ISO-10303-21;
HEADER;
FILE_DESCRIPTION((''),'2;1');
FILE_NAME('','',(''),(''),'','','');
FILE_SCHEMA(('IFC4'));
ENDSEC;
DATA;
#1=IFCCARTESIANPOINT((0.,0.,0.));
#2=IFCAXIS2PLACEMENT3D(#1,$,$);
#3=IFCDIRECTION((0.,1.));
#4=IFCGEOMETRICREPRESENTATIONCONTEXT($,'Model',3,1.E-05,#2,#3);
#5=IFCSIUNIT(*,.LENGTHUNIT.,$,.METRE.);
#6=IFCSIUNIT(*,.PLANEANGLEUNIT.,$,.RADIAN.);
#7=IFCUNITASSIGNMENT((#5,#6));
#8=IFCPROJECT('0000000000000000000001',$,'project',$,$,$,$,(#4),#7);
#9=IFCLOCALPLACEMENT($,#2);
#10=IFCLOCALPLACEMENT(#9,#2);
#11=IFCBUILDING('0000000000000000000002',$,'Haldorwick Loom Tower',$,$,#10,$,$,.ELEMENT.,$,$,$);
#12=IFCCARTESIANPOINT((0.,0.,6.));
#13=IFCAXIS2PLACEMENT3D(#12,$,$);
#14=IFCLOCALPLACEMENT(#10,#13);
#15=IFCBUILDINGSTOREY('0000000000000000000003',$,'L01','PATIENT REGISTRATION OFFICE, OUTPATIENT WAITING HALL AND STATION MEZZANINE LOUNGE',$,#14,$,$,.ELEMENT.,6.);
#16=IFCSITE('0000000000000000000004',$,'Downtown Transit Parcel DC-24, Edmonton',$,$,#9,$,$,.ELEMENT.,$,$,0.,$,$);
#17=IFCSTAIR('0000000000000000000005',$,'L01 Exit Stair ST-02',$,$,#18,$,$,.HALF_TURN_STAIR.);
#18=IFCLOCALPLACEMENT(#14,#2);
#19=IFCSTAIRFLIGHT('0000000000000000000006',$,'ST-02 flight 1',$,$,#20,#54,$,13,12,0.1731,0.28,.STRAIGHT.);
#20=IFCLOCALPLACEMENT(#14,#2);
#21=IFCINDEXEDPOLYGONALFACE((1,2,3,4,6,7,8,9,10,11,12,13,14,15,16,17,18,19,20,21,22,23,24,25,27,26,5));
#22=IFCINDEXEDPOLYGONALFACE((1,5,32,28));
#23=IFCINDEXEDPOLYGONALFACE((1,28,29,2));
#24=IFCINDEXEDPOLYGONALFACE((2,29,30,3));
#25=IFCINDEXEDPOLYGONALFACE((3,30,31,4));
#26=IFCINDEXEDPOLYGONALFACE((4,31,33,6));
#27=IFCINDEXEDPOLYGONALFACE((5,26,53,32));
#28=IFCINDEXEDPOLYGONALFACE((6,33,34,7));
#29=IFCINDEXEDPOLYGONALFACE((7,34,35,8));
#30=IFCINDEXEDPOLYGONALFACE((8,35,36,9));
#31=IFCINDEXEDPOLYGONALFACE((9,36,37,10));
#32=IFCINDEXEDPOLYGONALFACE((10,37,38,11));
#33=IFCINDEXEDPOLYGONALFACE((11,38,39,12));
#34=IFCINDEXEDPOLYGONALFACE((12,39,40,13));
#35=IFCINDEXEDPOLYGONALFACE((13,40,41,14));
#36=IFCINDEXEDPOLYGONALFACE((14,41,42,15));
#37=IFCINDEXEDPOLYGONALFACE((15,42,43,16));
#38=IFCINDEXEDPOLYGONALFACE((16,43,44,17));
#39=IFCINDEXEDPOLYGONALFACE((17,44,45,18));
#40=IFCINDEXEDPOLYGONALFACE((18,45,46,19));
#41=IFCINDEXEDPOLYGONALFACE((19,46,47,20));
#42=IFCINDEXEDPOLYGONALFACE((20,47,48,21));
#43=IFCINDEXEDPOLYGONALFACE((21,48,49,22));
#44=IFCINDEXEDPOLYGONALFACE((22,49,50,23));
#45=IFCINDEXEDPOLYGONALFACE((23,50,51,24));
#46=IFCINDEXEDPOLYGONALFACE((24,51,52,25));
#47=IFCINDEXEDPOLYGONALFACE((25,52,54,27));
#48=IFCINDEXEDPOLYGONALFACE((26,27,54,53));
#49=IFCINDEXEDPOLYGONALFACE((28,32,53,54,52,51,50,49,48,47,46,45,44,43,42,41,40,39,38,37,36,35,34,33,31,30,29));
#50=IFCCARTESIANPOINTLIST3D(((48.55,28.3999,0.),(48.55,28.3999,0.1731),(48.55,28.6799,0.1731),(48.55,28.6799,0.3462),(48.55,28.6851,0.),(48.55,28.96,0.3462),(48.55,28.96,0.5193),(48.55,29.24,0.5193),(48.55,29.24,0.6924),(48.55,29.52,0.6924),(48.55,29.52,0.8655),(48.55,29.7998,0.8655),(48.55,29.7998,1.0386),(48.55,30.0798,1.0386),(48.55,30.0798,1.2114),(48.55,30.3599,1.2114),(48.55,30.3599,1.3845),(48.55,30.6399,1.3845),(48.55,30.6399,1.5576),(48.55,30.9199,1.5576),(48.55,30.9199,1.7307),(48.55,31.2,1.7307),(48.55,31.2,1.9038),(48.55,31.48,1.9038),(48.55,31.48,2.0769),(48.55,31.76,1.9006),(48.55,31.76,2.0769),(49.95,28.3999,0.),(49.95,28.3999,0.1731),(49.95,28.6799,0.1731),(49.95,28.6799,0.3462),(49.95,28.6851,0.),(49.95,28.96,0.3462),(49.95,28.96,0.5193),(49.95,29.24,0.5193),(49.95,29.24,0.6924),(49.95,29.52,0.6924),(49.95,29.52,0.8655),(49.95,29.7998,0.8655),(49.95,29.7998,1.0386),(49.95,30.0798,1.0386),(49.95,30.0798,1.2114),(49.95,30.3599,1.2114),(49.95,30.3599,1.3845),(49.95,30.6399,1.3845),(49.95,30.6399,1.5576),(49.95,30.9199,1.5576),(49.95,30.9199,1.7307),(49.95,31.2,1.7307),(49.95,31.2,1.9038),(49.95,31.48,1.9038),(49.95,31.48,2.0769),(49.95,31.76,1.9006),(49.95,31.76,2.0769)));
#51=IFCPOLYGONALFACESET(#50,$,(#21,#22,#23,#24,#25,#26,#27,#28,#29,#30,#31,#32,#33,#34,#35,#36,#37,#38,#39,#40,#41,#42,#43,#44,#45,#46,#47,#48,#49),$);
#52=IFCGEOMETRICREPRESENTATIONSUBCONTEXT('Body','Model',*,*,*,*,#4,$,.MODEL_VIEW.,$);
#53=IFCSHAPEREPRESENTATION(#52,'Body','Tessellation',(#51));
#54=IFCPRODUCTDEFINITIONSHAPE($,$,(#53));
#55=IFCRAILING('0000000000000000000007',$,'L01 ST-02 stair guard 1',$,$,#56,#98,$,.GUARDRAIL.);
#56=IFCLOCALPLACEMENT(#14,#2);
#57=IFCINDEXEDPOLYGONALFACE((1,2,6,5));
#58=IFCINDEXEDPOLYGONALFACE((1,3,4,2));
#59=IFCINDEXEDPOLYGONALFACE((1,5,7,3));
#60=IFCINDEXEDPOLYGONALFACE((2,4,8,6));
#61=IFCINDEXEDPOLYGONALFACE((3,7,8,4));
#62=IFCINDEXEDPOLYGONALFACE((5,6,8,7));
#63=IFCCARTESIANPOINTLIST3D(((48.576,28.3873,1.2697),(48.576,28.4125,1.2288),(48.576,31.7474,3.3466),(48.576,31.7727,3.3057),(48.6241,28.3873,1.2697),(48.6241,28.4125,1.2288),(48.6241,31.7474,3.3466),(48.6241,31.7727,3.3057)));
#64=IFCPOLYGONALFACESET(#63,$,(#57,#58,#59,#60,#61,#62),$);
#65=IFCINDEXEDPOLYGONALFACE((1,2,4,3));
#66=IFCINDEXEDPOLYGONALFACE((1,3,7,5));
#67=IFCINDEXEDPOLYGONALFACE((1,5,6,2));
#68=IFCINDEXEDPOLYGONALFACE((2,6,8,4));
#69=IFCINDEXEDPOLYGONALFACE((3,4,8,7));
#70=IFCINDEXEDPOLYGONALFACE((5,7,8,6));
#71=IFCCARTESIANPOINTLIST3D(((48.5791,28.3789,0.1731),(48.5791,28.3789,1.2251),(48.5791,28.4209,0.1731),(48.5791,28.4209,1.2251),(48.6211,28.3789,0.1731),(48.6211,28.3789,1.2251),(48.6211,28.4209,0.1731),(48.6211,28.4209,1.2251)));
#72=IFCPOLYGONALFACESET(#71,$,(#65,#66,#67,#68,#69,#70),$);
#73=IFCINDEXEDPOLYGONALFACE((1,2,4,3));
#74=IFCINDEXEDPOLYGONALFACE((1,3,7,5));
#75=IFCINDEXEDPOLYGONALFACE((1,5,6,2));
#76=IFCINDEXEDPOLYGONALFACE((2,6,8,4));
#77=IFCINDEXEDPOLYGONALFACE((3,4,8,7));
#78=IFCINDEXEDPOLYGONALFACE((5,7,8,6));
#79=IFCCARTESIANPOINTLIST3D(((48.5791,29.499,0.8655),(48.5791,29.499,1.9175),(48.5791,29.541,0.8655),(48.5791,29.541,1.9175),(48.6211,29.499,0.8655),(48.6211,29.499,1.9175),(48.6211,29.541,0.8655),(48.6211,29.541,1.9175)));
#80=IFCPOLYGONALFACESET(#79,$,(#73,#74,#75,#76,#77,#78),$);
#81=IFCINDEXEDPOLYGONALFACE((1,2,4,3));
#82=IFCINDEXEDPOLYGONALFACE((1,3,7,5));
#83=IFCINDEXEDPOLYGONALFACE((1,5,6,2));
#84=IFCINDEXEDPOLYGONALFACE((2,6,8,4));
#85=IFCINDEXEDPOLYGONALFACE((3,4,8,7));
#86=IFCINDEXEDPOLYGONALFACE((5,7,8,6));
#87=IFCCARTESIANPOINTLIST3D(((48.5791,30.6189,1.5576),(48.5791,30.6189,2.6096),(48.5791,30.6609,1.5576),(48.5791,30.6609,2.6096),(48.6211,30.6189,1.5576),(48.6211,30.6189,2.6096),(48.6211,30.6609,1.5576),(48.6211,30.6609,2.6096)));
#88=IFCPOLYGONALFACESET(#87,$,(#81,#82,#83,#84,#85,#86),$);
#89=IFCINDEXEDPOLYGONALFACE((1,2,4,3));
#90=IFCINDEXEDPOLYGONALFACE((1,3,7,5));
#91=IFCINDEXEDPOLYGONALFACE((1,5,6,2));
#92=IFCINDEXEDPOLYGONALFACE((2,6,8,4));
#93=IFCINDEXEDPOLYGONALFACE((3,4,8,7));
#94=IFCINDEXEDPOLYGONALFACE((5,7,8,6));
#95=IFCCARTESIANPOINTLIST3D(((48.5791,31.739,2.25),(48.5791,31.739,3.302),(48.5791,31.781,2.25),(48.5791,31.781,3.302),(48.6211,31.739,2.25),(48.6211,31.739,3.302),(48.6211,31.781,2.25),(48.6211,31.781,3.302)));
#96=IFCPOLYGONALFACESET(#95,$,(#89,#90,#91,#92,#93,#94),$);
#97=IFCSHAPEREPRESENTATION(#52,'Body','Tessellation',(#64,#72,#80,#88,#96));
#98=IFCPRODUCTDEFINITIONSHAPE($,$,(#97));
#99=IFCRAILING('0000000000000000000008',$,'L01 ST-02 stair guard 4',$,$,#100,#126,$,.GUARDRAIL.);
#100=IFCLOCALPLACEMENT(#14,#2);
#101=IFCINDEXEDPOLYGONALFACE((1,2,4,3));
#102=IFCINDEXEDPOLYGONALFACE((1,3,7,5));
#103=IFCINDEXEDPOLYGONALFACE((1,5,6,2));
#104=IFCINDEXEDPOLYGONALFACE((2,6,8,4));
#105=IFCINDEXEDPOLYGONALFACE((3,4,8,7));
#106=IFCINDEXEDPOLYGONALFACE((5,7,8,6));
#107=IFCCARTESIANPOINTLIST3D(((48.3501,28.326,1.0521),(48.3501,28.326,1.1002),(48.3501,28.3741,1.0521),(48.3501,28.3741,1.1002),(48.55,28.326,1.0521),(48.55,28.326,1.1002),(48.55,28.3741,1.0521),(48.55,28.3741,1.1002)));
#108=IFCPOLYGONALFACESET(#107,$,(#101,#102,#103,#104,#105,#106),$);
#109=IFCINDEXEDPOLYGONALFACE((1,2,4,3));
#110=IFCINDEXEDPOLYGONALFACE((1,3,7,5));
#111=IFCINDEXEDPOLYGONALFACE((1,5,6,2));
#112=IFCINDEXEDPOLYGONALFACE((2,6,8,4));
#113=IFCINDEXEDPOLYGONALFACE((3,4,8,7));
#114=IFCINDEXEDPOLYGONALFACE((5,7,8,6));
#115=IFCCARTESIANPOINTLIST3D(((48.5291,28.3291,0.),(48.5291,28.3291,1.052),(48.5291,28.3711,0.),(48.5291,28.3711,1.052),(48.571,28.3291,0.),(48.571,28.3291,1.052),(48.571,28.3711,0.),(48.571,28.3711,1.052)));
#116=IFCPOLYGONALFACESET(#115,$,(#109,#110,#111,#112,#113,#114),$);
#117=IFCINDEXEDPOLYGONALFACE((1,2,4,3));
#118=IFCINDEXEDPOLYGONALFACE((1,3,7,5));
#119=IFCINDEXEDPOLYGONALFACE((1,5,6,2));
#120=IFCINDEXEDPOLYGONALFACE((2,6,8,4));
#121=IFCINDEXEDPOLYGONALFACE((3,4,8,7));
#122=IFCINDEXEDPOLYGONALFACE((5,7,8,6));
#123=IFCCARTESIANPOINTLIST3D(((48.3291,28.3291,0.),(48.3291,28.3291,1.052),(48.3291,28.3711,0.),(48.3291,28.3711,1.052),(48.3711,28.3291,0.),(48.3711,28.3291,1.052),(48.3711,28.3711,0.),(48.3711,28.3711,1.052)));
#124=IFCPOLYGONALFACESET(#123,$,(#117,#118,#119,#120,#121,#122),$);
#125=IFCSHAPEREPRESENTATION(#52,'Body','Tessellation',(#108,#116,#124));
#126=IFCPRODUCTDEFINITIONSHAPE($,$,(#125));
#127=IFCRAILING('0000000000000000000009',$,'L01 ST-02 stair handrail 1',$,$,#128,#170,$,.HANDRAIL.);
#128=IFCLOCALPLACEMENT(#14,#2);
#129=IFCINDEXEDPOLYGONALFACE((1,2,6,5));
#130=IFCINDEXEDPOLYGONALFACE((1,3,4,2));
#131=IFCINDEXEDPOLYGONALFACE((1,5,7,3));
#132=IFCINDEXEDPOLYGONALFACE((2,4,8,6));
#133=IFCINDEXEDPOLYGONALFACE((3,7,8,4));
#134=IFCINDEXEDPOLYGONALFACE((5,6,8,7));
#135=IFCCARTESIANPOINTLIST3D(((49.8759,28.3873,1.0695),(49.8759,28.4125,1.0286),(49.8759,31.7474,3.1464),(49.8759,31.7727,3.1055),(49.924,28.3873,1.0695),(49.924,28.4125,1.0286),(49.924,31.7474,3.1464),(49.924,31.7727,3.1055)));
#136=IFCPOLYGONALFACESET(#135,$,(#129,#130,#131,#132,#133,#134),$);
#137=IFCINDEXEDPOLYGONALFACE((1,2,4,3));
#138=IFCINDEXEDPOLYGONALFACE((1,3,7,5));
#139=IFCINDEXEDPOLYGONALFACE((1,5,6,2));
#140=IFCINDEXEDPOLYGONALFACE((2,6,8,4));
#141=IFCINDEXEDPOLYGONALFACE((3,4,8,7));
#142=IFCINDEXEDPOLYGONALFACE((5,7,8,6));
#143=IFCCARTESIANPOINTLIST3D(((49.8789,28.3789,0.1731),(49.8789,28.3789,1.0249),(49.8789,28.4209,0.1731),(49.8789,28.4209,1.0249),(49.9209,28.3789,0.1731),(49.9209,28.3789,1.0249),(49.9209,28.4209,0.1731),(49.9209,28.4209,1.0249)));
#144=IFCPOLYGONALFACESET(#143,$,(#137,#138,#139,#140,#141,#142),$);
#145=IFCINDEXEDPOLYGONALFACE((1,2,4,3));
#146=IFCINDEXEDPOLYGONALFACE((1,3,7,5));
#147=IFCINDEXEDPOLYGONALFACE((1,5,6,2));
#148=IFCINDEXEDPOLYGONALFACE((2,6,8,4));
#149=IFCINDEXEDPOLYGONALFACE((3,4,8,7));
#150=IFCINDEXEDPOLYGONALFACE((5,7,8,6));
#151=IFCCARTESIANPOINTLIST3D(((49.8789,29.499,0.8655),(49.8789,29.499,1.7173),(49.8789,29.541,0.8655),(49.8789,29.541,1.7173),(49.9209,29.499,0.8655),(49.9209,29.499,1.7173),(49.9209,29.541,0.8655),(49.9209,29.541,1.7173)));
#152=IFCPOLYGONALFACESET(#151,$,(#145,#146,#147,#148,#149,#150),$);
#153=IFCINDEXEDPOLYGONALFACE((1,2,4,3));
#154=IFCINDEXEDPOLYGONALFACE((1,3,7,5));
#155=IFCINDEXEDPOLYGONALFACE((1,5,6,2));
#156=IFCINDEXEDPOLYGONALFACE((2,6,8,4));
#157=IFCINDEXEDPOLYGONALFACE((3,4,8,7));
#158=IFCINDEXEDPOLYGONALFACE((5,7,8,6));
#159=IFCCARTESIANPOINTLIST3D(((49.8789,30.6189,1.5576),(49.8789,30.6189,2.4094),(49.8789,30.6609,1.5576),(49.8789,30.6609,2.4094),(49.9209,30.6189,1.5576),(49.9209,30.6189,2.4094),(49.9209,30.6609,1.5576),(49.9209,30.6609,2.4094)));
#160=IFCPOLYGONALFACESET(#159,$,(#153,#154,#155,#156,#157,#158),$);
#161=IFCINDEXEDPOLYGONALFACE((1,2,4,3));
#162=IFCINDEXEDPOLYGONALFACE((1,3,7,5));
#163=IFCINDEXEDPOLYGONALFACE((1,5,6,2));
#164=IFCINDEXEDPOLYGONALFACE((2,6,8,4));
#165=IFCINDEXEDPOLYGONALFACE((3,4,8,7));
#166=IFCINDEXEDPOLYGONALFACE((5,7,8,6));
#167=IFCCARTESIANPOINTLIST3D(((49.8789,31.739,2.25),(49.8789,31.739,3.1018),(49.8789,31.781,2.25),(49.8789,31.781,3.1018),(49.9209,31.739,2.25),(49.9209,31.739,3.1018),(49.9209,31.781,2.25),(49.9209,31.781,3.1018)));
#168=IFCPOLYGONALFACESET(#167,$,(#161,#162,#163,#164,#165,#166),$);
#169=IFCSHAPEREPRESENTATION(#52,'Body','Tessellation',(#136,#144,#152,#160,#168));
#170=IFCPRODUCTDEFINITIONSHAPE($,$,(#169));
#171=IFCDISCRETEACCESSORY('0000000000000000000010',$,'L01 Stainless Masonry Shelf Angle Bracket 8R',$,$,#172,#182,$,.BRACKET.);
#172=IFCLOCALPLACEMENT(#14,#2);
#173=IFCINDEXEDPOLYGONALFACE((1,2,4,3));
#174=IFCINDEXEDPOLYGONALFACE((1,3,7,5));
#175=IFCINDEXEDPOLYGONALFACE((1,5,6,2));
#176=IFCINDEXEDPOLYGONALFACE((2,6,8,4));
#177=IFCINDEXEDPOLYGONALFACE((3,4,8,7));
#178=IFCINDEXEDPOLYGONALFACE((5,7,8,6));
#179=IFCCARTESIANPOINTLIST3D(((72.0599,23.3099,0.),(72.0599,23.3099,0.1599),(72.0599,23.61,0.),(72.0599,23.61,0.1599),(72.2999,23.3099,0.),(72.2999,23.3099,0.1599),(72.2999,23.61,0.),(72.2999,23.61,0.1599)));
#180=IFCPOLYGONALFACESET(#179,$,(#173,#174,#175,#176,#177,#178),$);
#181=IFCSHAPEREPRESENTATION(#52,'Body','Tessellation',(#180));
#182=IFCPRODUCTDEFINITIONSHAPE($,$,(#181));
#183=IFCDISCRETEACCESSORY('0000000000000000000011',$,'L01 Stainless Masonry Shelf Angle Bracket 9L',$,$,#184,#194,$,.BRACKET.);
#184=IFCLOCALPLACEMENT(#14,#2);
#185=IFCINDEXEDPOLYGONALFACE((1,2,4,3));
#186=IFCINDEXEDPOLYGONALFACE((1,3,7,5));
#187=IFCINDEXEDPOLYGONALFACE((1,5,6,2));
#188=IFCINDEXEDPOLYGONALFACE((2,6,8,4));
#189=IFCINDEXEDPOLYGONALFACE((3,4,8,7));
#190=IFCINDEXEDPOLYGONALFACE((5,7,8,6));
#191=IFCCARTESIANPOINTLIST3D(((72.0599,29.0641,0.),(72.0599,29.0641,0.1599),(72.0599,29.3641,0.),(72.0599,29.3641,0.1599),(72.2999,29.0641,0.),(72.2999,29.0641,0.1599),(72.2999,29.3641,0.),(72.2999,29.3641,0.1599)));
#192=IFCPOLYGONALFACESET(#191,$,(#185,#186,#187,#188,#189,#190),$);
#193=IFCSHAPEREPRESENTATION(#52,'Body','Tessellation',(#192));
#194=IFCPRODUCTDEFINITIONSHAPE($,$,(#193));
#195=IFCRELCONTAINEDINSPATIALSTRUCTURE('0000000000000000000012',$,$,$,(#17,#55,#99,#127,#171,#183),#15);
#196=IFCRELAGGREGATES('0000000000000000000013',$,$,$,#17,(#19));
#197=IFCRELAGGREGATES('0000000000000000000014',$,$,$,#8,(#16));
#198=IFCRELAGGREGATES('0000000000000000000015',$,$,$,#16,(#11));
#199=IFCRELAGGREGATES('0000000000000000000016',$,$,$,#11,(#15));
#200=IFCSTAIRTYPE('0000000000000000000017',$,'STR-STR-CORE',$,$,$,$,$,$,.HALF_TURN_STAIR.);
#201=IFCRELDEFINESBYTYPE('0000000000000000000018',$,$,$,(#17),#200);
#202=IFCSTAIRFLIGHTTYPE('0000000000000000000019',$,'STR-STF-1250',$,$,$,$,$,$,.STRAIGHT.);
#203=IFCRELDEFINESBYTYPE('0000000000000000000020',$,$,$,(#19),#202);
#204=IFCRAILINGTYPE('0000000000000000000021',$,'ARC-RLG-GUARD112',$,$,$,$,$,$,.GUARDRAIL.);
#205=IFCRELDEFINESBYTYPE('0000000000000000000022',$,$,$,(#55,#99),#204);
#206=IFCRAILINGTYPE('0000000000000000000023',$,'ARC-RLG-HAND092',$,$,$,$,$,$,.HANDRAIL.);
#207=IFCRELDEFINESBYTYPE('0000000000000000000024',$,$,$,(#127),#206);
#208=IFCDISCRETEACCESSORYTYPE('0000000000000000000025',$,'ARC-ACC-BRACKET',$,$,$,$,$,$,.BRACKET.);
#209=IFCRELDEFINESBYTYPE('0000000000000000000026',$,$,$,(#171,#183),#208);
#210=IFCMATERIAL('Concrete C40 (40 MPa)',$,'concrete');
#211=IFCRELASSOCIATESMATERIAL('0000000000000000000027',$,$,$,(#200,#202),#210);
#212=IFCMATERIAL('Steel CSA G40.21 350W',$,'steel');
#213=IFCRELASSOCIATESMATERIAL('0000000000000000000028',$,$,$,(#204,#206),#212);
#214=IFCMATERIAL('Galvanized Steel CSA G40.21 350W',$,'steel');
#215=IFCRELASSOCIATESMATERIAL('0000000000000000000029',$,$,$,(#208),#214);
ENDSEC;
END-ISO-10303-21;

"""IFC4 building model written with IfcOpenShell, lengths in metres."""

from ifc_helpers import new_model, si_unit, direction, frame, origin, origin_2d, place, context, subcontext, project, spatial, polyline, rectangle, outline, extrude, material, type_object, element, aggregate, save


model = new_model("IFC4")

# Units and contexts
model_context = context("Model", 3, precision=1e-05, world=origin(), true_north=direction((0.0, 1.0)))
body_context = subcontext(model_context, "Body", "Model", "MODEL_VIEW")
ifc_project = project(units=[si_unit("LENGTHUNIT", "METRE"), si_unit("PLANEANGLEUNIT", "RADIAN")], contexts=[model_context])

# Site, building, storey
site_placement = place(None, origin())
site = spatial("IfcSite", under=ifc_project, at=site_placement, Name="Downtown Transit Parcel DC-24, Edmonton", CompositionType="ELEMENT", RefElevation=0.0)
building_placement = place(site_placement, origin())
building = spatial("IfcBuilding", under=site, at=building_placement, Name="Haldorwick Loom Tower", CompositionType="ELEMENT")
storey_placement = place(building_placement, frame((0.0, 0.0, 6.0)))
storey = spatial("IfcBuildingStorey", under=building, at=storey_placement, Name="L01", Description="PATIENT REGISTRATION OFFICE, OUTPATIENT WAITING HALL AND STATION MEZZANINE LOUNGE", CompositionType="ELEMENT", Elevation=6.0)

# Shared definitions
ifc_material_1 = material(Name="Steel CSA G40.21 350W", Category="steel")

# Stair, stair flight
ifc_material_2 = material(Name="Concrete C40 (40 MPa)", Category="concrete")
stair_type = type_object("IfcStairType", Name="STR-STR-CORE", PredefinedType="HALF_TURN_STAIR", material=ifc_material_2)
stair_placement = place(storey_placement, origin())
stair = element("IfcStair", 1, at=stair_placement, inside=storey, type_object=stair_type, Name="L01 Exit Stair ST-02", PredefinedType="HALF_TURN_STAIR")
stair_flight_type = type_object("IfcStairFlightType", Name="STR-STF-1250", PredefinedType="STRAIGHT", material=ifc_material_2)
stair_flight_placement = place(storey_placement, frame((49.25, 28.3999, 0.0), z_axis=(0.0, 0.0, 1.0), x_axis=(0.0, 1.0, 0.0)))
stair_flight = element("IfcStairFlight", 2, at=stair_flight_placement, type_object=stair_flight_type, Name="ST-02 flight 1", NumberOfRisers=13, NumberOfTreads=12, PredefinedType="STRAIGHT", RiserHeight=0.1731, TreadLength=0.28, context=body_context, shape_type="SweptSolid", body=[
    extrude(outline(polyline([(0.0, 0.0), (0.0, 0.1731), (0.28, 0.1731), (0.28, 0.3462), (0.5601, 0.3462), (0.5601, 0.5193), (0.8401, 0.5193), (0.8401, 0.6924), (1.1201, 0.6924), (1.1201, 0.8655), (1.3999, 0.8655), (1.3999, 1.0386), (1.6799, 1.0386), (1.6799, 1.2114), (1.96, 1.2114), (1.96, 1.3845), (2.24, 1.3845), (2.24, 1.5576), (2.52, 1.5576), (2.52, 1.7307), (2.8, 1.7307), (2.8, 1.9038), (3.0801, 1.9038), (3.0801, 2.0769), (3.3601, 2.0769), (3.3601, 2.25), (3.3601, 1.9006), (0.2852, 0.0), (0.0, 0.0)])), frame((0.0, 0.7, 0.0), z_axis=(0.0, -1.0, 0.0), x_axis=(1.0, 0.0, 0.0)), (0.0, 0.0, 1.0), 1.3999),
])
aggregate(stair, [stair_flight])

# Railings
railing_type_1 = type_object("IfcRailingType", Name="ARC-RLG-GUARD112", PredefinedType="GUARDRAIL", material=ifc_material_1)
railing_1_placement = place(storey_placement, frame((48.6001, 28.3999, 0.1731)))
element("IfcRailing", 3, at=railing_1_placement, inside=storey, type_object=railing_type_1, Name="L01 ST-02 stair guard 1", PredefinedType="GUARDRAIL", context=body_context, shape_type="SweptSolid", body=[
    extrude(rectangle(XDim=0.0481, YDim=0.0481, at=origin_2d()), frame((0.0, 0.0, 1.0762), z_axis=(0.0, 0.850623, 0.525776), x_axis=(-1.0, 0.0, 0.0)), (0.0, 0.0, 1.0), 3.9502),
    extrude(rectangle(XDim=0.042, YDim=0.042, at=origin_2d()), origin(), (0.0, 0.0, 1.0), 1.052),
    extrude(rectangle(XDim=0.042, YDim=0.042, at=origin_2d()), frame((0.0, 1.1201, 0.6924)), (0.0, 0.0, 1.0), 1.052),
    extrude(rectangle(XDim=0.042, YDim=0.042, at=origin_2d()), frame((0.0, 2.24, 1.3845)), (0.0, 0.0, 1.0), 1.052),
    extrude(rectangle(XDim=0.042, YDim=0.042, at=origin_2d()), frame((0.0, 3.3601, 2.0769)), (0.0, 0.0, 1.0), 1.052),
])
railing_2_placement = place(storey_placement, frame((48.55, 28.3501, 0.0)))
element("IfcRailing", 4, at=railing_2_placement, inside=storey, type_object=railing_type_1, Name="L01 ST-02 stair guard 4", PredefinedType="GUARDRAIL", context=body_context, shape_type="SweptSolid", body=[
    extrude(rectangle(XDim=0.0481, YDim=0.0481, at=origin_2d()), frame((0.0, 0.0, 1.0762), z_axis=(-1.0, 0.0, 0.0), x_axis=(0.0, -1.0, 0.0)), (0.0, 0.0, 1.0), 0.2),
    extrude(rectangle(XDim=0.042, YDim=0.042, at=origin_2d()), origin(), (0.0, 0.0, 1.0), 1.052),
    extrude(rectangle(XDim=0.042, YDim=0.042, at=origin_2d()), frame((-0.2, 0.0, 0.0)), (0.0, 0.0, 1.0), 1.052),
])
railing_type_2 = type_object("IfcRailingType", Name="ARC-RLG-HAND092", PredefinedType="HANDRAIL", material=ifc_material_1)
railing_3_placement = place(storey_placement, frame((49.8999, 28.3999, 0.1731)))
element("IfcRailing", 5, at=railing_3_placement, inside=storey, type_object=railing_type_2, Name="L01 ST-02 stair handrail 1", PredefinedType="HANDRAIL", context=body_context, shape_type="SweptSolid", body=[
    extrude(rectangle(XDim=0.0481, YDim=0.0481, at=origin_2d()), frame((0.0, 0.0, 0.876), z_axis=(0.0, 0.850623, 0.525776), x_axis=(-1.0, 0.0, 0.0)), (0.0, 0.0, 1.0), 3.9502),
    extrude(rectangle(XDim=0.042, YDim=0.042, at=origin_2d()), origin(), (0.0, 0.0, 1.0), 0.8518),
    extrude(rectangle(XDim=0.042, YDim=0.042, at=origin_2d()), frame((0.0, 1.1201, 0.6924)), (0.0, 0.0, 1.0), 0.8518),
    extrude(rectangle(XDim=0.042, YDim=0.042, at=origin_2d()), frame((0.0, 2.24, 1.3845)), (0.0, 0.0, 1.0), 0.8518),
    extrude(rectangle(XDim=0.042, YDim=0.042, at=origin_2d()), frame((0.0, 3.3601, 2.0769)), (0.0, 0.0, 1.0), 0.8518),
])

# Discrete accessories
ifc_material_3 = material(Name="Galvanized Steel CSA G40.21 350W", Category="steel")
discrete_accessory_type = type_object("IfcDiscreteAccessoryType", Name="ARC-ACC-BRACKET", PredefinedType="BRACKET", material=ifc_material_3)
for number, where, z_axis, x_axis, name in (
    (6, (72.1799, 23.46, 0.0), (0.0, 0.0, 1.0), (0.0, 1.0, 0.0), "L01 Stainless Masonry Shelf Angle Bracket 8R"),
    (7, (72.1799, 29.2141, 0.0), (0.0, 0.0, 1.0), (0.0, 1.0, 0.0), "L01 Stainless Masonry Shelf Angle Bracket 9L"),
):
    element("IfcDiscreteAccessory", number, at=place(storey_placement, frame(where, z_axis=z_axis, x_axis=x_axis)), inside=storey, type_object=discrete_accessory_type, Name=name, PredefinedType="BRACKET", context=body_context, shape_type="SweptSolid", body=[
        extrude(rectangle(XDim=0.3, YDim=0.24, at=origin_2d()), origin(), (0.0, 0.0, 1.0), 0.1599),
    ])

save(model, "model.ifc")
